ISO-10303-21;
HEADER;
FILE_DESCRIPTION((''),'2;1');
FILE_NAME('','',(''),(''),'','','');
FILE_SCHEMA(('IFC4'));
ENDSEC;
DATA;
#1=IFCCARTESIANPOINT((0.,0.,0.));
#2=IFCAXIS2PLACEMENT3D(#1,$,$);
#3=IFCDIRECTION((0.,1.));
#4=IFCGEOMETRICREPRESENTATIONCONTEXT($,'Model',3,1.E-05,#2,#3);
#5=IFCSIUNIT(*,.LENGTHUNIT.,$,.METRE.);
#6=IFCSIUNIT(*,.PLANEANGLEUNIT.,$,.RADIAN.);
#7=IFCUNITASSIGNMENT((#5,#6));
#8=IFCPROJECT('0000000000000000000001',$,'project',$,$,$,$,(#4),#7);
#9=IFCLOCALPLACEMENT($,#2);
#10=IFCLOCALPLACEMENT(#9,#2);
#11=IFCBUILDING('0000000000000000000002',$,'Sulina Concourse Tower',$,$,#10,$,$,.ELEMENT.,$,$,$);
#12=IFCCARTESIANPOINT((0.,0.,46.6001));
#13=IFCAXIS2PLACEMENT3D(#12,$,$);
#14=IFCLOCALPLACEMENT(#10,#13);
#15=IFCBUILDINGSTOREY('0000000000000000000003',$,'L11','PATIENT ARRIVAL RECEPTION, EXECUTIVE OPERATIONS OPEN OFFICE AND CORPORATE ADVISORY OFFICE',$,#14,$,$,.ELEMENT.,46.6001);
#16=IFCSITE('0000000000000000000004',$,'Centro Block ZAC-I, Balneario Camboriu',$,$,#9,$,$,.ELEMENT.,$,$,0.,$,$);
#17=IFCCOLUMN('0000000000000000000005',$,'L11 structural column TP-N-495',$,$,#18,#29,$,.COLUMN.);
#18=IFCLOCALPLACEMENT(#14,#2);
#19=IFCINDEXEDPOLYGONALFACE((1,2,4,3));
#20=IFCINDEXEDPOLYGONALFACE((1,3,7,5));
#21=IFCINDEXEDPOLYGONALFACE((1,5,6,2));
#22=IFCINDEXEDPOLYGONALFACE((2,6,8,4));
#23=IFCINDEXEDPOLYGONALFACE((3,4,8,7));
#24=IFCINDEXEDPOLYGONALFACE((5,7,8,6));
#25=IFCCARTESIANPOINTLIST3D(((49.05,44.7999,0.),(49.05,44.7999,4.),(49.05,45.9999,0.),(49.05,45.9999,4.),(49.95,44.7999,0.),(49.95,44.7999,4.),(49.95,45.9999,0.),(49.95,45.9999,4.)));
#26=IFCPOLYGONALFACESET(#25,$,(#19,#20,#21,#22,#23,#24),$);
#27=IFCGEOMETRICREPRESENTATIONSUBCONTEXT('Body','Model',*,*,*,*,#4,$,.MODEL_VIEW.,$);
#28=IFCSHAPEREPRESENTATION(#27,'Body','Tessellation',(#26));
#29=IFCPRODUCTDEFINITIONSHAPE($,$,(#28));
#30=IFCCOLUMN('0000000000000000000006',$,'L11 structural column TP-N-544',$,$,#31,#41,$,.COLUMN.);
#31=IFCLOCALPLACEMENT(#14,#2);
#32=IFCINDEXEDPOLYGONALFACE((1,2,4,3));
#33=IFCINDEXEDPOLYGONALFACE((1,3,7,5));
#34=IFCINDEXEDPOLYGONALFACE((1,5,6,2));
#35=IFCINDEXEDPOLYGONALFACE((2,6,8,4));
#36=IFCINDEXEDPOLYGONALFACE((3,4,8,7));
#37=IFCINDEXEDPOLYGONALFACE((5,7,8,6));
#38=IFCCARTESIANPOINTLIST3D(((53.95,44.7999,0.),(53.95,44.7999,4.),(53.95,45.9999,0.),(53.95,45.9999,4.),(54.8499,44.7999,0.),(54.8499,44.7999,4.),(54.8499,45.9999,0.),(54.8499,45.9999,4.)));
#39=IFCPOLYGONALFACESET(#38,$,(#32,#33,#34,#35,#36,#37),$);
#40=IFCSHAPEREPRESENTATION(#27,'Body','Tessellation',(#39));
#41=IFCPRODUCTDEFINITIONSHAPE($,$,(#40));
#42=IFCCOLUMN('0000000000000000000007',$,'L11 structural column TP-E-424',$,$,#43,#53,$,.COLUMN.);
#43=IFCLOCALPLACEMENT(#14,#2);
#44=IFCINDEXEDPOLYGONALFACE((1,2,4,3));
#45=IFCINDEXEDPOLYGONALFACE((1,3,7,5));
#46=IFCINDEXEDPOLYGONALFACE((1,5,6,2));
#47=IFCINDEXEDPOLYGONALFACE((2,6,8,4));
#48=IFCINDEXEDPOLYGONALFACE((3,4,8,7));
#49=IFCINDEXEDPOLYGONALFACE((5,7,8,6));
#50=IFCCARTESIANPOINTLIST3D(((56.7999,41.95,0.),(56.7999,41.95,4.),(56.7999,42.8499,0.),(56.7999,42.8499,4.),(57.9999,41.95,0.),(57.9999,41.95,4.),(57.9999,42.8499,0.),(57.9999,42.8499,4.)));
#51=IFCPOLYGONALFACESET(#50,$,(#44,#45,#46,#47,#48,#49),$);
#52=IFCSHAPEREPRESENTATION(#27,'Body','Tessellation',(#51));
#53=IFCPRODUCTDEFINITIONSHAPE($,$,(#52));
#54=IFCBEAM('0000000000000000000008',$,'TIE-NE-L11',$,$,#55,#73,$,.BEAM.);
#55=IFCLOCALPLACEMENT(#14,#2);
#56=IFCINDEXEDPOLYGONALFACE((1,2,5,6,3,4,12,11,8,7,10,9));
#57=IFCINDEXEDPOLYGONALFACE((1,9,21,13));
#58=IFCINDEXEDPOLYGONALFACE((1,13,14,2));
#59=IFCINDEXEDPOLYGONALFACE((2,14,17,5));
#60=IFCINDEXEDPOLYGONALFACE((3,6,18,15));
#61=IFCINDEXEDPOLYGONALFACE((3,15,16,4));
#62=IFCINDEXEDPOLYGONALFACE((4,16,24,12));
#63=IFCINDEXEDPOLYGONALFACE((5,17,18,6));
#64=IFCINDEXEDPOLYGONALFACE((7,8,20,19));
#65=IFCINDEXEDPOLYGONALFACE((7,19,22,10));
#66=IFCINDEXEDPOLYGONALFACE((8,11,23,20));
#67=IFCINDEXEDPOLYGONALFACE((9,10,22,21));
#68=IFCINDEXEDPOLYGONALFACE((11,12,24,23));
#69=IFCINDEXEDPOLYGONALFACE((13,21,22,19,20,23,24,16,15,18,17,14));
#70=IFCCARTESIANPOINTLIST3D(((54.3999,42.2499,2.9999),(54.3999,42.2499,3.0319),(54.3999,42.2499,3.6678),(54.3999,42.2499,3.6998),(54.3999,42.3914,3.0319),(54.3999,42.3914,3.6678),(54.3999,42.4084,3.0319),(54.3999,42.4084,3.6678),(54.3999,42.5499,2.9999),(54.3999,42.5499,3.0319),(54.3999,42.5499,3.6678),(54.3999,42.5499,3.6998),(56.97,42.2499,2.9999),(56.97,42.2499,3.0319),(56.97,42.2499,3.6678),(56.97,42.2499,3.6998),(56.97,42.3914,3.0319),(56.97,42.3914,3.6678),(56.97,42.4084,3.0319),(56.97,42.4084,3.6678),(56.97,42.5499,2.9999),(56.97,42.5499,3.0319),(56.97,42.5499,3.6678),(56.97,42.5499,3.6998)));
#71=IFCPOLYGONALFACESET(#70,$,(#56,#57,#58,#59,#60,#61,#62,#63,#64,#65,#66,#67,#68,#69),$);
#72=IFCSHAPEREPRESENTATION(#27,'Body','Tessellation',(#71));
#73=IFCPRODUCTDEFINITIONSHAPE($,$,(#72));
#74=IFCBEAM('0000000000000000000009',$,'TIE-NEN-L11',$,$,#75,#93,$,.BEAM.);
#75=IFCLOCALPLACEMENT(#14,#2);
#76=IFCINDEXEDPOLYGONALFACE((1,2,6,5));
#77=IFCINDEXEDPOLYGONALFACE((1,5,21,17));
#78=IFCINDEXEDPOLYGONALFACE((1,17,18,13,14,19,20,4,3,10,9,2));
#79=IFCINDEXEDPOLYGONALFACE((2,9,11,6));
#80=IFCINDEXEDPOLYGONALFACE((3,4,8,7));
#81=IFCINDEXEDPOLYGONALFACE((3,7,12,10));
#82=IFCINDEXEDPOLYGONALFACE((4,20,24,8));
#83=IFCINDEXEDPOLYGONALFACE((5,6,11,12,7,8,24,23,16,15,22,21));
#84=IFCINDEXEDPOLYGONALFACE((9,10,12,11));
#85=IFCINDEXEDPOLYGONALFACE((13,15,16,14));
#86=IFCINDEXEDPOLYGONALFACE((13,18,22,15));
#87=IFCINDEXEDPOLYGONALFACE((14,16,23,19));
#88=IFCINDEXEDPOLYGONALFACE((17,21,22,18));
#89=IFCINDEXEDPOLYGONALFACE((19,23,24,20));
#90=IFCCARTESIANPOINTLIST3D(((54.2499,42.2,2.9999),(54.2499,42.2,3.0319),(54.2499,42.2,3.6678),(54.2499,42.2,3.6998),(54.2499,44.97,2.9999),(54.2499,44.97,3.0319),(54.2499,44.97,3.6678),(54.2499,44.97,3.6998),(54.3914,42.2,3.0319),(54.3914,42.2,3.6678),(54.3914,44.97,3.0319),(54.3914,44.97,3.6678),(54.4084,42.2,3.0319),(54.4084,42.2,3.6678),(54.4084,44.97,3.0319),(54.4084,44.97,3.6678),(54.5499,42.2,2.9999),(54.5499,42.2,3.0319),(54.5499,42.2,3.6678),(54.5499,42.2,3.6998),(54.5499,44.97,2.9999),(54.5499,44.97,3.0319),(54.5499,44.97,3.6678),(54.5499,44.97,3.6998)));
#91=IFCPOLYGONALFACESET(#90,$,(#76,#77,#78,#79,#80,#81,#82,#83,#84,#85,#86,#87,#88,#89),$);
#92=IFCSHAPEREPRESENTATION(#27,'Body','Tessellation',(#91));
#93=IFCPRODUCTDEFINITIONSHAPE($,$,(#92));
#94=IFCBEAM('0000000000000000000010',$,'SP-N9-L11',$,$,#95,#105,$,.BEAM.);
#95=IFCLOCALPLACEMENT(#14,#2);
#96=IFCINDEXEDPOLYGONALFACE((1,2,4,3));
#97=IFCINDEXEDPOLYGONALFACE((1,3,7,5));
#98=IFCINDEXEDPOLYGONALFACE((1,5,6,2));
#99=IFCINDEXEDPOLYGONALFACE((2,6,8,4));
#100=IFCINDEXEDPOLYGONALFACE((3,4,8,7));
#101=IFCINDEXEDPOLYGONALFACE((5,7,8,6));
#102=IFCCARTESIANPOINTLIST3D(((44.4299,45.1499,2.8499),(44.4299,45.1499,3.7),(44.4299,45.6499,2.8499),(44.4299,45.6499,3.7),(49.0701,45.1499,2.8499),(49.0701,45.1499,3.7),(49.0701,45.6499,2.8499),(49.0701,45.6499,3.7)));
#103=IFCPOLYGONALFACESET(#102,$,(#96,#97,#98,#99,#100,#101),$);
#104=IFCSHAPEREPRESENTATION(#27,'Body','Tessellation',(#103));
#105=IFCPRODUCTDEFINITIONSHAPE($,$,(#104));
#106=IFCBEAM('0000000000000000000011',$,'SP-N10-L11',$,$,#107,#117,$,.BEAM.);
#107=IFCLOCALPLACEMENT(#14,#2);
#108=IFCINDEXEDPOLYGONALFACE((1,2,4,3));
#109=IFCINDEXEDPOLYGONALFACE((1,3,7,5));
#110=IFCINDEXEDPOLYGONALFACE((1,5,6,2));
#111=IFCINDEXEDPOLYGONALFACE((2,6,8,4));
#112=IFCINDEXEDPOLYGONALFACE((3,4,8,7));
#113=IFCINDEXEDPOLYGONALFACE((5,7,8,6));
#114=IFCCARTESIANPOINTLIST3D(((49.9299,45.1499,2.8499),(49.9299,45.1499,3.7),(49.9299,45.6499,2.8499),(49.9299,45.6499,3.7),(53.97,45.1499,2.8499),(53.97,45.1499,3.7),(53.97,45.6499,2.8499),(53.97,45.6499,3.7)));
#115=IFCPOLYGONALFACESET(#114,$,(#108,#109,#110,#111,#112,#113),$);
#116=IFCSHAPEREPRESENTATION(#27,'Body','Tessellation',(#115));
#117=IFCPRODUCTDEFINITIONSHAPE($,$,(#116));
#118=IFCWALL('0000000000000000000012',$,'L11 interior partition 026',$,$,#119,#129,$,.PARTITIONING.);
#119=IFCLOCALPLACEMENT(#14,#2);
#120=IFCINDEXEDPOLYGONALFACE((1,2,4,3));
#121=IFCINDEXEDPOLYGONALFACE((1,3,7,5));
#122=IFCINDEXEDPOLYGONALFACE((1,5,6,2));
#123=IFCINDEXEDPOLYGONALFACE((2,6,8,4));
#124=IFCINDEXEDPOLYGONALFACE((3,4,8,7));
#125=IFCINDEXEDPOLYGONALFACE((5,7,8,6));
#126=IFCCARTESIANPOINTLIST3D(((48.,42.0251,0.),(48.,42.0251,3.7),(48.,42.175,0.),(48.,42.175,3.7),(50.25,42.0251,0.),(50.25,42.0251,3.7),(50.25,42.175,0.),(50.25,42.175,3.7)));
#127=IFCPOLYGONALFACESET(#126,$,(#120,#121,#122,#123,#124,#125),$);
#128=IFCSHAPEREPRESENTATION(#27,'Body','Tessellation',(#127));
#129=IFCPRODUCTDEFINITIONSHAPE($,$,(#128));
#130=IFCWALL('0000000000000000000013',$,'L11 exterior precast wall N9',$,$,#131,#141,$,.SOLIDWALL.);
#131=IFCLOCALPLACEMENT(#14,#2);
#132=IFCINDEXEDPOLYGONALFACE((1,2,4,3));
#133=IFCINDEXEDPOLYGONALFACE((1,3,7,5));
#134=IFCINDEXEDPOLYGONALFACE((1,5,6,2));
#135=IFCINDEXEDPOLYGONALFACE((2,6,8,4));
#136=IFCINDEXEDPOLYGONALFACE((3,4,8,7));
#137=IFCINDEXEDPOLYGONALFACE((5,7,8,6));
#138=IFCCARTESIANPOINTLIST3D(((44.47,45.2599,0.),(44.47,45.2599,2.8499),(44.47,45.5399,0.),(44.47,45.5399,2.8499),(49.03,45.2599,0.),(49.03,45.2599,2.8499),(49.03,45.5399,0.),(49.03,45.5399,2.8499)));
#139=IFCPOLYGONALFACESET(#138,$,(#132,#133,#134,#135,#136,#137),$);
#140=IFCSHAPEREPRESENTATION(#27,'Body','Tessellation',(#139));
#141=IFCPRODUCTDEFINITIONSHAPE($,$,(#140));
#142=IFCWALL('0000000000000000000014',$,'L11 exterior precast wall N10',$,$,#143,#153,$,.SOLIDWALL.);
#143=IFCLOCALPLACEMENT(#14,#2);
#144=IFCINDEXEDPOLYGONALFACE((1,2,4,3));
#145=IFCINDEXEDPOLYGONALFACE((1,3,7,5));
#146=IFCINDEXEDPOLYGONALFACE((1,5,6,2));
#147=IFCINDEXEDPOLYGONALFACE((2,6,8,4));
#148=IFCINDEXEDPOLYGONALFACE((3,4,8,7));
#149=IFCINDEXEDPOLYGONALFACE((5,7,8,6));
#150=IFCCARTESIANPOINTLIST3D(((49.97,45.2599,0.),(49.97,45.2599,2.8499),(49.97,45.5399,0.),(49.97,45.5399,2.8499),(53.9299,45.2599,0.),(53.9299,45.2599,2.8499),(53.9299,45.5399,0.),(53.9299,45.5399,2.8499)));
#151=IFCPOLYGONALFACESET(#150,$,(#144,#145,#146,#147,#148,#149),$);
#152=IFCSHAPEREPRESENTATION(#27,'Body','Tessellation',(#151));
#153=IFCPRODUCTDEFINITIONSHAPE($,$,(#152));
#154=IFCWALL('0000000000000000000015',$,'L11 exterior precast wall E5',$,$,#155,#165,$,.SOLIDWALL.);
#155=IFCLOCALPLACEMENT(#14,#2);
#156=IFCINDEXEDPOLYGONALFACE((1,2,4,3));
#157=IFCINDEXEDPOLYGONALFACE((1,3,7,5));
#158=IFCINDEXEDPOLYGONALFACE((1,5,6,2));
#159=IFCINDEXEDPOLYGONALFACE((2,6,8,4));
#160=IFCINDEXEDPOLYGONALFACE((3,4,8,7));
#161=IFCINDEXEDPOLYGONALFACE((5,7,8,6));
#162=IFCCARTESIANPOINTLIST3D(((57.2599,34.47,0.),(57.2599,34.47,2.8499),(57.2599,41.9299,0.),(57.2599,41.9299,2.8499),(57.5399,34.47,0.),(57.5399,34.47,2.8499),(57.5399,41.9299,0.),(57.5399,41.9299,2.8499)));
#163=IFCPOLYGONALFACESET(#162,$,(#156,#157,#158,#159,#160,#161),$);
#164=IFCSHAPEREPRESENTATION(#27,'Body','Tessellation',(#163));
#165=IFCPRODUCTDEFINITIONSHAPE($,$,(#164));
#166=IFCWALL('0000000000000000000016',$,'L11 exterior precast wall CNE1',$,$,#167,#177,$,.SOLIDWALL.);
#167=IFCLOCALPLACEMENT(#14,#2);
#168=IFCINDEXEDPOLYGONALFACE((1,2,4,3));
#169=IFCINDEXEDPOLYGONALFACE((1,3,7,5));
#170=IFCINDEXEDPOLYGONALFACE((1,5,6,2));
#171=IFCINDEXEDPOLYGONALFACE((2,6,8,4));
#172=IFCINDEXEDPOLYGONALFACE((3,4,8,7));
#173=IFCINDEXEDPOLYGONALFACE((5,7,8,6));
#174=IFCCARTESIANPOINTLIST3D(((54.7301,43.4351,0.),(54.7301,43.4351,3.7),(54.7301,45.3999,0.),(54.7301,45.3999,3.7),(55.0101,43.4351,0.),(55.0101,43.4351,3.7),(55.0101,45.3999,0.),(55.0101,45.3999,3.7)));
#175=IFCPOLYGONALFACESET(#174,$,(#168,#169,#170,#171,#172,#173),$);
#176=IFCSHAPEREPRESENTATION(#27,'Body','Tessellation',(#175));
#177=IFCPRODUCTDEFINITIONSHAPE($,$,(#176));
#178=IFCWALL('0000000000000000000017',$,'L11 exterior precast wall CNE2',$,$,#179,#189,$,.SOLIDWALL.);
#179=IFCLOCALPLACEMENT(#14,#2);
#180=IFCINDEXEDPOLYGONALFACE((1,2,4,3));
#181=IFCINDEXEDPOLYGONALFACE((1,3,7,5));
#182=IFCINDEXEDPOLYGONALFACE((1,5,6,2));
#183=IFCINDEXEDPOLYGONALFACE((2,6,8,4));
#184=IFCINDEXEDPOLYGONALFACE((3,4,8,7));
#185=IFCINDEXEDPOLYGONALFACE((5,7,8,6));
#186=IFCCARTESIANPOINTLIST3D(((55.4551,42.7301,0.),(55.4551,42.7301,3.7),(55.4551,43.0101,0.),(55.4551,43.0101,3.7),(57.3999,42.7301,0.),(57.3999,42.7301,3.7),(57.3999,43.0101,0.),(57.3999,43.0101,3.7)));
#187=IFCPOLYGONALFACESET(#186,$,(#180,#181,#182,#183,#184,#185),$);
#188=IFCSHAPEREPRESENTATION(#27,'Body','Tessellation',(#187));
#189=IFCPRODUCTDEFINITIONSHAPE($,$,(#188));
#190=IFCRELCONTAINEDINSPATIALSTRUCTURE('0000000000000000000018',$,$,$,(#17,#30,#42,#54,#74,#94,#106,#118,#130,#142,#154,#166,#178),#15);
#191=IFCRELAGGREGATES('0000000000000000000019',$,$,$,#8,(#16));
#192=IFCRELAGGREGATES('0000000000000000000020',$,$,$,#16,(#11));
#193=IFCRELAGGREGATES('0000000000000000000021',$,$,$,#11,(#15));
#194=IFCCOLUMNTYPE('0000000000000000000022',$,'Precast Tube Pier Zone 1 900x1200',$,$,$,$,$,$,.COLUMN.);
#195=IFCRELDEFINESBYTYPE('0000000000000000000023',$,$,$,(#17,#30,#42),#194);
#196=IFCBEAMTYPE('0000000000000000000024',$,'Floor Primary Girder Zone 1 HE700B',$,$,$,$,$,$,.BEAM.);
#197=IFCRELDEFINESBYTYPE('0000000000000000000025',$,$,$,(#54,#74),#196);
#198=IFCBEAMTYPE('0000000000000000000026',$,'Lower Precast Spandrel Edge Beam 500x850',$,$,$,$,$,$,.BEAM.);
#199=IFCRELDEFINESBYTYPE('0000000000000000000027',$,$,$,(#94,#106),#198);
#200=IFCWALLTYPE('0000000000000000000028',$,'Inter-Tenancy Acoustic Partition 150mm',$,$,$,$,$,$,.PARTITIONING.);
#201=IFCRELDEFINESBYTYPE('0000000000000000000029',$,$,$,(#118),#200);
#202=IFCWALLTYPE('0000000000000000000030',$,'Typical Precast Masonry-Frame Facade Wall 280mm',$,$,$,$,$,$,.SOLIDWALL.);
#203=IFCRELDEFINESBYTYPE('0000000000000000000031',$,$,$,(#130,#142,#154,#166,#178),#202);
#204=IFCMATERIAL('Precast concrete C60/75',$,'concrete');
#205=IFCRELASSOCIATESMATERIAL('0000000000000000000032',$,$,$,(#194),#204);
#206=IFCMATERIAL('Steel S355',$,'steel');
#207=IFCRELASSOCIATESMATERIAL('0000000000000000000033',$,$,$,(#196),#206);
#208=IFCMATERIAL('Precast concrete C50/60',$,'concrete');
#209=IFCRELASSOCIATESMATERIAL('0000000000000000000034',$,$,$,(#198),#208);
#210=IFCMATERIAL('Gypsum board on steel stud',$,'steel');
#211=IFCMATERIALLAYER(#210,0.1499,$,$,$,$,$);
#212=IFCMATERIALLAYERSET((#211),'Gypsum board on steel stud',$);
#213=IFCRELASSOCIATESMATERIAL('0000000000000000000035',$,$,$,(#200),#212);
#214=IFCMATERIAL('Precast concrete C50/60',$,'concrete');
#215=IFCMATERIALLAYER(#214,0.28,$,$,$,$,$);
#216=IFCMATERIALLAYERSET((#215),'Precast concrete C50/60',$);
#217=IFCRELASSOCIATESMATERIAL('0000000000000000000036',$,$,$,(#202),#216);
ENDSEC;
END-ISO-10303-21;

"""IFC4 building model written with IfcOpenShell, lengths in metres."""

from ifc_helpers import new_model, si_unit, direction, frame, frame_2d, origin, origin_2d, place, context, subcontext, project, spatial, rectangle, i_section, extrude, material, layer, layer_set, material_profile, profile_set, type_object, element, save


model = new_model("IFC4")

# Units and contexts
model_context = context("Model", 3, precision=1e-05, world=origin(), true_north=direction((0.0, 1.0)))
body_context = subcontext(model_context, "Body", "Model", "MODEL_VIEW")
ifc_project = project(units=[si_unit("LENGTHUNIT", "METRE"), si_unit("PLANEANGLEUNIT", "RADIAN")], contexts=[model_context])

# Site, building, storey
site_placement = place(None, origin())
site = spatial("IfcSite", under=ifc_project, at=site_placement, Name="Centro Block ZAC-I, Balneario Camboriu", CompositionType="ELEMENT", RefElevation=0.0)
building_placement = place(site_placement, origin())
building = spatial("IfcBuilding", under=site, at=building_placement, Name="Sulina Concourse Tower", CompositionType="ELEMENT")
storey_placement = place(building_placement, frame((0.0, 0.0, 46.6001)))
storey = spatial("IfcBuildingStorey", under=building, at=storey_placement, Name="L11", Description="PATIENT ARRIVAL RECEPTION, EXECUTIVE OPERATIONS OPEN OFFICE AND CORPORATE ADVISORY OFFICE", CompositionType="ELEMENT", Elevation=46.6001)

# Columns
ifc_material_1 = material(Name="Precast concrete C60/75", Category="concrete")
ifc_material_profile_1 = material_profile(ifc_material_1, rectangle(XDim=0.8999, YDim=1.2, at=origin_2d()), Name="PC 900x1200")
ifc_profile_set_1 = profile_set([ifc_material_profile_1], Name="Precast concrete C60/75")
column_type = type_object("IfcColumnType", Name="Precast Tube Pier Zone 1 900x1200", PredefinedType="COLUMN", material=ifc_profile_set_1)
for number, where, z_axis, x_axis, name in (
    (1, (49.5, 45.3999, 0.0), (0.0, 0.0, 1.0), (1.0, 0.0, 0.0), "L11 structural column TP-N-495"),
    (2, (54.3999, 45.3999, 0.0), (0.0, 0.0, 1.0), (1.0, 0.0, 0.0), "L11 structural column TP-N-544"),
    (3, (57.3999, 42.3999, 0.0), (0.0, 0.0, 1.0), (0.0, 1.0, 0.0), "L11 structural column TP-E-424"),
):
    element("IfcColumn", number, at=place(storey_placement, frame(where, z_axis=z_axis, x_axis=x_axis)), inside=storey, type_object=column_type, Name=name, PredefinedType="COLUMN", context=body_context, shape_type="SweptSolid", body=[
        extrude(rectangle(XDim=0.8999, YDim=1.2, at=origin_2d()), origin(), (0.0, 0.0, 1.0), 4.0),
    ])

# Beams
ifc_material_2 = material(Name="Steel S355", Category="steel")
ifc_material_profile_2 = material_profile(ifc_material_2, i_section(OverallWidth=0.3, OverallDepth=0.7, WebThickness=0.0171, FlangeThickness=0.032, at=origin_2d()), Name="HE 700 B")
ifc_profile_set_2 = profile_set([ifc_material_profile_2], Name="Steel S355")
beam_type_1 = type_object("IfcBeamType", Name="Floor Primary Girder Zone 1 HE700B", PredefinedType="BEAM", material=ifc_profile_set_2)
beam_1_placement = place(storey_placement, frame((54.3999, 42.3999, 3.3499), z_axis=(1.0, 0.0, 0.0), x_axis=(0.0, 1.0, 0.0)))
element("IfcBeam", 4, at=beam_1_placement, inside=storey, type_object=beam_type_1, Name="TIE-NE-L11", PredefinedType="BEAM", context=body_context, shape_type="SweptSolid", body=[
    extrude(i_section(OverallWidth=0.3, OverallDepth=0.7, WebThickness=0.0171, FlangeThickness=0.032, at=origin_2d()), origin(), (0.0, 0.0, 1.0), 2.5701),
])
beam_2_placement = place(storey_placement, frame((54.3999, 42.2, 3.3499), z_axis=(0.0, 1.0, 0.0), x_axis=(-1.0, 0.0, 0.0)))
element("IfcBeam", 5, at=beam_2_placement, inside=storey, type_object=beam_type_1, Name="TIE-NEN-L11", PredefinedType="BEAM", context=body_context, shape_type="SweptSolid", body=[
    extrude(i_section(OverallWidth=0.3, OverallDepth=0.7, WebThickness=0.0171, FlangeThickness=0.032, at=origin_2d()), origin(), (0.0, 0.0, 1.0), 2.77),
])
ifc_material_3 = material(Name="Precast concrete C50/60", Category="concrete")
ifc_material_profile_3 = material_profile(ifc_material_3, rectangle(XDim=0.5, YDim=0.8501, at=origin_2d()), Name="RC 500x850")
ifc_profile_set_3 = profile_set([ifc_material_profile_3], Name="Precast concrete C50/60")
beam_type_2 = type_object("IfcBeamType", Name="Lower Precast Spandrel Edge Beam 500x850", PredefinedType="BEAM", material=ifc_profile_set_3)
beam_3_placement = place(storey_placement, frame((44.4299, 45.3999, 3.2749), z_axis=(1.0, 0.0, 0.0), x_axis=(0.0, 1.0, 0.0)))
element("IfcBeam", 6, at=beam_3_placement, inside=storey, type_object=beam_type_2, Name="SP-N9-L11", PredefinedType="BEAM", context=body_context, shape_type="SweptSolid", body=[
    extrude(rectangle(XDim=0.5, YDim=0.8501, at=origin_2d()), origin(), (0.0, 0.0, 1.0), 4.6401),
])
beam_4_placement = place(storey_placement, frame((49.9299, 45.3999, 3.2749), z_axis=(1.0, 0.0, 0.0), x_axis=(0.0, 1.0, 0.0)))
element("IfcBeam", 7, at=beam_4_placement, inside=storey, type_object=beam_type_2, Name="SP-N10-L11", PredefinedType="BEAM", context=body_context, shape_type="SweptSolid", body=[
    extrude(rectangle(XDim=0.5, YDim=0.8501, at=origin_2d()), origin(), (0.0, 0.0, 1.0), 4.04),
])

# Walls
ifc_material_4 = material(Name="Gypsum board on steel stud", Category="steel")
ifc_layer_1 = layer(ifc_material_4, 0.1499)
ifc_layer_set_1 = layer_set([ifc_layer_1], Name="Gypsum board on steel stud")
wall_type_1 = type_object("IfcWallType", Name="Inter-Tenancy Acoustic Partition 150mm", PredefinedType="PARTITIONING", material=ifc_layer_set_1)
wall_1_placement = place(storey_placement, frame((48.0, 42.1001, 0.0), z_axis=(0.0, 0.0, 1.0), x_axis=(1.0, 0.0, 0.0)))
element("IfcWall", 8, at=wall_1_placement, inside=storey, type_object=wall_type_1, Name="L11 interior partition 026", PredefinedType="PARTITIONING", context=body_context, shape_type="SweptSolid", body=[
    extrude(rectangle(XDim=2.25, YDim=0.1499, at=frame_2d((1.125, 0.0))), origin(), (0.0, 0.0, 1.0), 3.7),
])
ifc_material_5 = material(Name="Precast concrete C50/60", Category="concrete")
ifc_layer_2 = layer(ifc_material_5, 0.28)
ifc_layer_set_2 = layer_set([ifc_layer_2], Name="Precast concrete C50/60")
wall_type_2 = type_object("IfcWallType", Name="Typical Precast Masonry-Frame Facade Wall 280mm", PredefinedType="SOLIDWALL", material=ifc_layer_set_2)
wall_2_placement = place(storey_placement, frame((44.47, 45.3999, 0.0), z_axis=(0.0, 0.0, 1.0), x_axis=(1.0, 0.0, 0.0)))
element("IfcWall", 9, at=wall_2_placement, inside=storey, type_object=wall_type_2, Name="L11 exterior precast wall N9", PredefinedType="SOLIDWALL", context=body_context, shape_type="SweptSolid", body=[
    extrude(rectangle(XDim=4.5601, YDim=0.28, at=frame_2d((2.28, 0.0))), origin(), (0.0, 0.0, 1.0), 2.8499),
])
wall_3_placement = place(storey_placement, frame((49.97, 45.3999, 0.0), z_axis=(0.0, 0.0, 1.0), x_axis=(1.0, 0.0, 0.0)))
element("IfcWall", 10, at=wall_3_placement, inside=storey, type_object=wall_type_2, Name="L11 exterior precast wall N10", PredefinedType="SOLIDWALL", context=body_context, shape_type="SweptSolid", body=[
    extrude(rectangle(XDim=3.96, YDim=0.28, at=frame_2d((1.98, 0.0))), origin(), (0.0, 0.0, 1.0), 2.8499),
])
wall_4_placement = place(storey_placement, frame((57.3999, 41.9299, 0.0), z_axis=(0.0, 0.0, 1.0), x_axis=(0.0, -1.0, 0.0)))
element("IfcWall", 11, at=wall_4_placement, inside=storey, type_object=wall_type_2, Name="L11 exterior precast wall E5", PredefinedType="SOLIDWALL", context=body_context, shape_type="SweptSolid", body=[
    extrude(rectangle(XDim=7.46, YDim=0.28, at=frame_2d((3.73, 0.0))), origin(), (0.0, 0.0, 1.0), 2.8499),
])
wall_5_placement = place(storey_placement, frame((54.8701, 45.3999, 0.0), z_axis=(0.0, 0.0, 1.0), x_axis=(0.0, -1.0, 0.0)))
element("IfcWall", 12, at=wall_5_placement, inside=storey, type_object=wall_type_2, Name="L11 exterior precast wall CNE1", PredefinedType="SOLIDWALL", context=body_context, shape_type="SweptSolid", body=[
    extrude(rectangle(XDim=1.9648, YDim=0.28, at=frame_2d((0.9824, 0.0))), origin(), (0.0, 0.0, 1.0), 3.7),
])
wall_6_placement = place(storey_placement, frame((55.4551, 42.8701, 0.0), z_axis=(0.0, 0.0, 1.0), x_axis=(1.0, 0.0, 0.0)))
element("IfcWall", 13, at=wall_6_placement, inside=storey, type_object=wall_type_2, Name="L11 exterior precast wall CNE2", PredefinedType="SOLIDWALL", context=body_context, shape_type="SweptSolid", body=[
    extrude(rectangle(XDim=1.9448, YDim=0.28, at=frame_2d((0.9724, 0.0))), origin(), (0.0, 0.0, 1.0), 3.7),
])

save(model, "model.ifc")
